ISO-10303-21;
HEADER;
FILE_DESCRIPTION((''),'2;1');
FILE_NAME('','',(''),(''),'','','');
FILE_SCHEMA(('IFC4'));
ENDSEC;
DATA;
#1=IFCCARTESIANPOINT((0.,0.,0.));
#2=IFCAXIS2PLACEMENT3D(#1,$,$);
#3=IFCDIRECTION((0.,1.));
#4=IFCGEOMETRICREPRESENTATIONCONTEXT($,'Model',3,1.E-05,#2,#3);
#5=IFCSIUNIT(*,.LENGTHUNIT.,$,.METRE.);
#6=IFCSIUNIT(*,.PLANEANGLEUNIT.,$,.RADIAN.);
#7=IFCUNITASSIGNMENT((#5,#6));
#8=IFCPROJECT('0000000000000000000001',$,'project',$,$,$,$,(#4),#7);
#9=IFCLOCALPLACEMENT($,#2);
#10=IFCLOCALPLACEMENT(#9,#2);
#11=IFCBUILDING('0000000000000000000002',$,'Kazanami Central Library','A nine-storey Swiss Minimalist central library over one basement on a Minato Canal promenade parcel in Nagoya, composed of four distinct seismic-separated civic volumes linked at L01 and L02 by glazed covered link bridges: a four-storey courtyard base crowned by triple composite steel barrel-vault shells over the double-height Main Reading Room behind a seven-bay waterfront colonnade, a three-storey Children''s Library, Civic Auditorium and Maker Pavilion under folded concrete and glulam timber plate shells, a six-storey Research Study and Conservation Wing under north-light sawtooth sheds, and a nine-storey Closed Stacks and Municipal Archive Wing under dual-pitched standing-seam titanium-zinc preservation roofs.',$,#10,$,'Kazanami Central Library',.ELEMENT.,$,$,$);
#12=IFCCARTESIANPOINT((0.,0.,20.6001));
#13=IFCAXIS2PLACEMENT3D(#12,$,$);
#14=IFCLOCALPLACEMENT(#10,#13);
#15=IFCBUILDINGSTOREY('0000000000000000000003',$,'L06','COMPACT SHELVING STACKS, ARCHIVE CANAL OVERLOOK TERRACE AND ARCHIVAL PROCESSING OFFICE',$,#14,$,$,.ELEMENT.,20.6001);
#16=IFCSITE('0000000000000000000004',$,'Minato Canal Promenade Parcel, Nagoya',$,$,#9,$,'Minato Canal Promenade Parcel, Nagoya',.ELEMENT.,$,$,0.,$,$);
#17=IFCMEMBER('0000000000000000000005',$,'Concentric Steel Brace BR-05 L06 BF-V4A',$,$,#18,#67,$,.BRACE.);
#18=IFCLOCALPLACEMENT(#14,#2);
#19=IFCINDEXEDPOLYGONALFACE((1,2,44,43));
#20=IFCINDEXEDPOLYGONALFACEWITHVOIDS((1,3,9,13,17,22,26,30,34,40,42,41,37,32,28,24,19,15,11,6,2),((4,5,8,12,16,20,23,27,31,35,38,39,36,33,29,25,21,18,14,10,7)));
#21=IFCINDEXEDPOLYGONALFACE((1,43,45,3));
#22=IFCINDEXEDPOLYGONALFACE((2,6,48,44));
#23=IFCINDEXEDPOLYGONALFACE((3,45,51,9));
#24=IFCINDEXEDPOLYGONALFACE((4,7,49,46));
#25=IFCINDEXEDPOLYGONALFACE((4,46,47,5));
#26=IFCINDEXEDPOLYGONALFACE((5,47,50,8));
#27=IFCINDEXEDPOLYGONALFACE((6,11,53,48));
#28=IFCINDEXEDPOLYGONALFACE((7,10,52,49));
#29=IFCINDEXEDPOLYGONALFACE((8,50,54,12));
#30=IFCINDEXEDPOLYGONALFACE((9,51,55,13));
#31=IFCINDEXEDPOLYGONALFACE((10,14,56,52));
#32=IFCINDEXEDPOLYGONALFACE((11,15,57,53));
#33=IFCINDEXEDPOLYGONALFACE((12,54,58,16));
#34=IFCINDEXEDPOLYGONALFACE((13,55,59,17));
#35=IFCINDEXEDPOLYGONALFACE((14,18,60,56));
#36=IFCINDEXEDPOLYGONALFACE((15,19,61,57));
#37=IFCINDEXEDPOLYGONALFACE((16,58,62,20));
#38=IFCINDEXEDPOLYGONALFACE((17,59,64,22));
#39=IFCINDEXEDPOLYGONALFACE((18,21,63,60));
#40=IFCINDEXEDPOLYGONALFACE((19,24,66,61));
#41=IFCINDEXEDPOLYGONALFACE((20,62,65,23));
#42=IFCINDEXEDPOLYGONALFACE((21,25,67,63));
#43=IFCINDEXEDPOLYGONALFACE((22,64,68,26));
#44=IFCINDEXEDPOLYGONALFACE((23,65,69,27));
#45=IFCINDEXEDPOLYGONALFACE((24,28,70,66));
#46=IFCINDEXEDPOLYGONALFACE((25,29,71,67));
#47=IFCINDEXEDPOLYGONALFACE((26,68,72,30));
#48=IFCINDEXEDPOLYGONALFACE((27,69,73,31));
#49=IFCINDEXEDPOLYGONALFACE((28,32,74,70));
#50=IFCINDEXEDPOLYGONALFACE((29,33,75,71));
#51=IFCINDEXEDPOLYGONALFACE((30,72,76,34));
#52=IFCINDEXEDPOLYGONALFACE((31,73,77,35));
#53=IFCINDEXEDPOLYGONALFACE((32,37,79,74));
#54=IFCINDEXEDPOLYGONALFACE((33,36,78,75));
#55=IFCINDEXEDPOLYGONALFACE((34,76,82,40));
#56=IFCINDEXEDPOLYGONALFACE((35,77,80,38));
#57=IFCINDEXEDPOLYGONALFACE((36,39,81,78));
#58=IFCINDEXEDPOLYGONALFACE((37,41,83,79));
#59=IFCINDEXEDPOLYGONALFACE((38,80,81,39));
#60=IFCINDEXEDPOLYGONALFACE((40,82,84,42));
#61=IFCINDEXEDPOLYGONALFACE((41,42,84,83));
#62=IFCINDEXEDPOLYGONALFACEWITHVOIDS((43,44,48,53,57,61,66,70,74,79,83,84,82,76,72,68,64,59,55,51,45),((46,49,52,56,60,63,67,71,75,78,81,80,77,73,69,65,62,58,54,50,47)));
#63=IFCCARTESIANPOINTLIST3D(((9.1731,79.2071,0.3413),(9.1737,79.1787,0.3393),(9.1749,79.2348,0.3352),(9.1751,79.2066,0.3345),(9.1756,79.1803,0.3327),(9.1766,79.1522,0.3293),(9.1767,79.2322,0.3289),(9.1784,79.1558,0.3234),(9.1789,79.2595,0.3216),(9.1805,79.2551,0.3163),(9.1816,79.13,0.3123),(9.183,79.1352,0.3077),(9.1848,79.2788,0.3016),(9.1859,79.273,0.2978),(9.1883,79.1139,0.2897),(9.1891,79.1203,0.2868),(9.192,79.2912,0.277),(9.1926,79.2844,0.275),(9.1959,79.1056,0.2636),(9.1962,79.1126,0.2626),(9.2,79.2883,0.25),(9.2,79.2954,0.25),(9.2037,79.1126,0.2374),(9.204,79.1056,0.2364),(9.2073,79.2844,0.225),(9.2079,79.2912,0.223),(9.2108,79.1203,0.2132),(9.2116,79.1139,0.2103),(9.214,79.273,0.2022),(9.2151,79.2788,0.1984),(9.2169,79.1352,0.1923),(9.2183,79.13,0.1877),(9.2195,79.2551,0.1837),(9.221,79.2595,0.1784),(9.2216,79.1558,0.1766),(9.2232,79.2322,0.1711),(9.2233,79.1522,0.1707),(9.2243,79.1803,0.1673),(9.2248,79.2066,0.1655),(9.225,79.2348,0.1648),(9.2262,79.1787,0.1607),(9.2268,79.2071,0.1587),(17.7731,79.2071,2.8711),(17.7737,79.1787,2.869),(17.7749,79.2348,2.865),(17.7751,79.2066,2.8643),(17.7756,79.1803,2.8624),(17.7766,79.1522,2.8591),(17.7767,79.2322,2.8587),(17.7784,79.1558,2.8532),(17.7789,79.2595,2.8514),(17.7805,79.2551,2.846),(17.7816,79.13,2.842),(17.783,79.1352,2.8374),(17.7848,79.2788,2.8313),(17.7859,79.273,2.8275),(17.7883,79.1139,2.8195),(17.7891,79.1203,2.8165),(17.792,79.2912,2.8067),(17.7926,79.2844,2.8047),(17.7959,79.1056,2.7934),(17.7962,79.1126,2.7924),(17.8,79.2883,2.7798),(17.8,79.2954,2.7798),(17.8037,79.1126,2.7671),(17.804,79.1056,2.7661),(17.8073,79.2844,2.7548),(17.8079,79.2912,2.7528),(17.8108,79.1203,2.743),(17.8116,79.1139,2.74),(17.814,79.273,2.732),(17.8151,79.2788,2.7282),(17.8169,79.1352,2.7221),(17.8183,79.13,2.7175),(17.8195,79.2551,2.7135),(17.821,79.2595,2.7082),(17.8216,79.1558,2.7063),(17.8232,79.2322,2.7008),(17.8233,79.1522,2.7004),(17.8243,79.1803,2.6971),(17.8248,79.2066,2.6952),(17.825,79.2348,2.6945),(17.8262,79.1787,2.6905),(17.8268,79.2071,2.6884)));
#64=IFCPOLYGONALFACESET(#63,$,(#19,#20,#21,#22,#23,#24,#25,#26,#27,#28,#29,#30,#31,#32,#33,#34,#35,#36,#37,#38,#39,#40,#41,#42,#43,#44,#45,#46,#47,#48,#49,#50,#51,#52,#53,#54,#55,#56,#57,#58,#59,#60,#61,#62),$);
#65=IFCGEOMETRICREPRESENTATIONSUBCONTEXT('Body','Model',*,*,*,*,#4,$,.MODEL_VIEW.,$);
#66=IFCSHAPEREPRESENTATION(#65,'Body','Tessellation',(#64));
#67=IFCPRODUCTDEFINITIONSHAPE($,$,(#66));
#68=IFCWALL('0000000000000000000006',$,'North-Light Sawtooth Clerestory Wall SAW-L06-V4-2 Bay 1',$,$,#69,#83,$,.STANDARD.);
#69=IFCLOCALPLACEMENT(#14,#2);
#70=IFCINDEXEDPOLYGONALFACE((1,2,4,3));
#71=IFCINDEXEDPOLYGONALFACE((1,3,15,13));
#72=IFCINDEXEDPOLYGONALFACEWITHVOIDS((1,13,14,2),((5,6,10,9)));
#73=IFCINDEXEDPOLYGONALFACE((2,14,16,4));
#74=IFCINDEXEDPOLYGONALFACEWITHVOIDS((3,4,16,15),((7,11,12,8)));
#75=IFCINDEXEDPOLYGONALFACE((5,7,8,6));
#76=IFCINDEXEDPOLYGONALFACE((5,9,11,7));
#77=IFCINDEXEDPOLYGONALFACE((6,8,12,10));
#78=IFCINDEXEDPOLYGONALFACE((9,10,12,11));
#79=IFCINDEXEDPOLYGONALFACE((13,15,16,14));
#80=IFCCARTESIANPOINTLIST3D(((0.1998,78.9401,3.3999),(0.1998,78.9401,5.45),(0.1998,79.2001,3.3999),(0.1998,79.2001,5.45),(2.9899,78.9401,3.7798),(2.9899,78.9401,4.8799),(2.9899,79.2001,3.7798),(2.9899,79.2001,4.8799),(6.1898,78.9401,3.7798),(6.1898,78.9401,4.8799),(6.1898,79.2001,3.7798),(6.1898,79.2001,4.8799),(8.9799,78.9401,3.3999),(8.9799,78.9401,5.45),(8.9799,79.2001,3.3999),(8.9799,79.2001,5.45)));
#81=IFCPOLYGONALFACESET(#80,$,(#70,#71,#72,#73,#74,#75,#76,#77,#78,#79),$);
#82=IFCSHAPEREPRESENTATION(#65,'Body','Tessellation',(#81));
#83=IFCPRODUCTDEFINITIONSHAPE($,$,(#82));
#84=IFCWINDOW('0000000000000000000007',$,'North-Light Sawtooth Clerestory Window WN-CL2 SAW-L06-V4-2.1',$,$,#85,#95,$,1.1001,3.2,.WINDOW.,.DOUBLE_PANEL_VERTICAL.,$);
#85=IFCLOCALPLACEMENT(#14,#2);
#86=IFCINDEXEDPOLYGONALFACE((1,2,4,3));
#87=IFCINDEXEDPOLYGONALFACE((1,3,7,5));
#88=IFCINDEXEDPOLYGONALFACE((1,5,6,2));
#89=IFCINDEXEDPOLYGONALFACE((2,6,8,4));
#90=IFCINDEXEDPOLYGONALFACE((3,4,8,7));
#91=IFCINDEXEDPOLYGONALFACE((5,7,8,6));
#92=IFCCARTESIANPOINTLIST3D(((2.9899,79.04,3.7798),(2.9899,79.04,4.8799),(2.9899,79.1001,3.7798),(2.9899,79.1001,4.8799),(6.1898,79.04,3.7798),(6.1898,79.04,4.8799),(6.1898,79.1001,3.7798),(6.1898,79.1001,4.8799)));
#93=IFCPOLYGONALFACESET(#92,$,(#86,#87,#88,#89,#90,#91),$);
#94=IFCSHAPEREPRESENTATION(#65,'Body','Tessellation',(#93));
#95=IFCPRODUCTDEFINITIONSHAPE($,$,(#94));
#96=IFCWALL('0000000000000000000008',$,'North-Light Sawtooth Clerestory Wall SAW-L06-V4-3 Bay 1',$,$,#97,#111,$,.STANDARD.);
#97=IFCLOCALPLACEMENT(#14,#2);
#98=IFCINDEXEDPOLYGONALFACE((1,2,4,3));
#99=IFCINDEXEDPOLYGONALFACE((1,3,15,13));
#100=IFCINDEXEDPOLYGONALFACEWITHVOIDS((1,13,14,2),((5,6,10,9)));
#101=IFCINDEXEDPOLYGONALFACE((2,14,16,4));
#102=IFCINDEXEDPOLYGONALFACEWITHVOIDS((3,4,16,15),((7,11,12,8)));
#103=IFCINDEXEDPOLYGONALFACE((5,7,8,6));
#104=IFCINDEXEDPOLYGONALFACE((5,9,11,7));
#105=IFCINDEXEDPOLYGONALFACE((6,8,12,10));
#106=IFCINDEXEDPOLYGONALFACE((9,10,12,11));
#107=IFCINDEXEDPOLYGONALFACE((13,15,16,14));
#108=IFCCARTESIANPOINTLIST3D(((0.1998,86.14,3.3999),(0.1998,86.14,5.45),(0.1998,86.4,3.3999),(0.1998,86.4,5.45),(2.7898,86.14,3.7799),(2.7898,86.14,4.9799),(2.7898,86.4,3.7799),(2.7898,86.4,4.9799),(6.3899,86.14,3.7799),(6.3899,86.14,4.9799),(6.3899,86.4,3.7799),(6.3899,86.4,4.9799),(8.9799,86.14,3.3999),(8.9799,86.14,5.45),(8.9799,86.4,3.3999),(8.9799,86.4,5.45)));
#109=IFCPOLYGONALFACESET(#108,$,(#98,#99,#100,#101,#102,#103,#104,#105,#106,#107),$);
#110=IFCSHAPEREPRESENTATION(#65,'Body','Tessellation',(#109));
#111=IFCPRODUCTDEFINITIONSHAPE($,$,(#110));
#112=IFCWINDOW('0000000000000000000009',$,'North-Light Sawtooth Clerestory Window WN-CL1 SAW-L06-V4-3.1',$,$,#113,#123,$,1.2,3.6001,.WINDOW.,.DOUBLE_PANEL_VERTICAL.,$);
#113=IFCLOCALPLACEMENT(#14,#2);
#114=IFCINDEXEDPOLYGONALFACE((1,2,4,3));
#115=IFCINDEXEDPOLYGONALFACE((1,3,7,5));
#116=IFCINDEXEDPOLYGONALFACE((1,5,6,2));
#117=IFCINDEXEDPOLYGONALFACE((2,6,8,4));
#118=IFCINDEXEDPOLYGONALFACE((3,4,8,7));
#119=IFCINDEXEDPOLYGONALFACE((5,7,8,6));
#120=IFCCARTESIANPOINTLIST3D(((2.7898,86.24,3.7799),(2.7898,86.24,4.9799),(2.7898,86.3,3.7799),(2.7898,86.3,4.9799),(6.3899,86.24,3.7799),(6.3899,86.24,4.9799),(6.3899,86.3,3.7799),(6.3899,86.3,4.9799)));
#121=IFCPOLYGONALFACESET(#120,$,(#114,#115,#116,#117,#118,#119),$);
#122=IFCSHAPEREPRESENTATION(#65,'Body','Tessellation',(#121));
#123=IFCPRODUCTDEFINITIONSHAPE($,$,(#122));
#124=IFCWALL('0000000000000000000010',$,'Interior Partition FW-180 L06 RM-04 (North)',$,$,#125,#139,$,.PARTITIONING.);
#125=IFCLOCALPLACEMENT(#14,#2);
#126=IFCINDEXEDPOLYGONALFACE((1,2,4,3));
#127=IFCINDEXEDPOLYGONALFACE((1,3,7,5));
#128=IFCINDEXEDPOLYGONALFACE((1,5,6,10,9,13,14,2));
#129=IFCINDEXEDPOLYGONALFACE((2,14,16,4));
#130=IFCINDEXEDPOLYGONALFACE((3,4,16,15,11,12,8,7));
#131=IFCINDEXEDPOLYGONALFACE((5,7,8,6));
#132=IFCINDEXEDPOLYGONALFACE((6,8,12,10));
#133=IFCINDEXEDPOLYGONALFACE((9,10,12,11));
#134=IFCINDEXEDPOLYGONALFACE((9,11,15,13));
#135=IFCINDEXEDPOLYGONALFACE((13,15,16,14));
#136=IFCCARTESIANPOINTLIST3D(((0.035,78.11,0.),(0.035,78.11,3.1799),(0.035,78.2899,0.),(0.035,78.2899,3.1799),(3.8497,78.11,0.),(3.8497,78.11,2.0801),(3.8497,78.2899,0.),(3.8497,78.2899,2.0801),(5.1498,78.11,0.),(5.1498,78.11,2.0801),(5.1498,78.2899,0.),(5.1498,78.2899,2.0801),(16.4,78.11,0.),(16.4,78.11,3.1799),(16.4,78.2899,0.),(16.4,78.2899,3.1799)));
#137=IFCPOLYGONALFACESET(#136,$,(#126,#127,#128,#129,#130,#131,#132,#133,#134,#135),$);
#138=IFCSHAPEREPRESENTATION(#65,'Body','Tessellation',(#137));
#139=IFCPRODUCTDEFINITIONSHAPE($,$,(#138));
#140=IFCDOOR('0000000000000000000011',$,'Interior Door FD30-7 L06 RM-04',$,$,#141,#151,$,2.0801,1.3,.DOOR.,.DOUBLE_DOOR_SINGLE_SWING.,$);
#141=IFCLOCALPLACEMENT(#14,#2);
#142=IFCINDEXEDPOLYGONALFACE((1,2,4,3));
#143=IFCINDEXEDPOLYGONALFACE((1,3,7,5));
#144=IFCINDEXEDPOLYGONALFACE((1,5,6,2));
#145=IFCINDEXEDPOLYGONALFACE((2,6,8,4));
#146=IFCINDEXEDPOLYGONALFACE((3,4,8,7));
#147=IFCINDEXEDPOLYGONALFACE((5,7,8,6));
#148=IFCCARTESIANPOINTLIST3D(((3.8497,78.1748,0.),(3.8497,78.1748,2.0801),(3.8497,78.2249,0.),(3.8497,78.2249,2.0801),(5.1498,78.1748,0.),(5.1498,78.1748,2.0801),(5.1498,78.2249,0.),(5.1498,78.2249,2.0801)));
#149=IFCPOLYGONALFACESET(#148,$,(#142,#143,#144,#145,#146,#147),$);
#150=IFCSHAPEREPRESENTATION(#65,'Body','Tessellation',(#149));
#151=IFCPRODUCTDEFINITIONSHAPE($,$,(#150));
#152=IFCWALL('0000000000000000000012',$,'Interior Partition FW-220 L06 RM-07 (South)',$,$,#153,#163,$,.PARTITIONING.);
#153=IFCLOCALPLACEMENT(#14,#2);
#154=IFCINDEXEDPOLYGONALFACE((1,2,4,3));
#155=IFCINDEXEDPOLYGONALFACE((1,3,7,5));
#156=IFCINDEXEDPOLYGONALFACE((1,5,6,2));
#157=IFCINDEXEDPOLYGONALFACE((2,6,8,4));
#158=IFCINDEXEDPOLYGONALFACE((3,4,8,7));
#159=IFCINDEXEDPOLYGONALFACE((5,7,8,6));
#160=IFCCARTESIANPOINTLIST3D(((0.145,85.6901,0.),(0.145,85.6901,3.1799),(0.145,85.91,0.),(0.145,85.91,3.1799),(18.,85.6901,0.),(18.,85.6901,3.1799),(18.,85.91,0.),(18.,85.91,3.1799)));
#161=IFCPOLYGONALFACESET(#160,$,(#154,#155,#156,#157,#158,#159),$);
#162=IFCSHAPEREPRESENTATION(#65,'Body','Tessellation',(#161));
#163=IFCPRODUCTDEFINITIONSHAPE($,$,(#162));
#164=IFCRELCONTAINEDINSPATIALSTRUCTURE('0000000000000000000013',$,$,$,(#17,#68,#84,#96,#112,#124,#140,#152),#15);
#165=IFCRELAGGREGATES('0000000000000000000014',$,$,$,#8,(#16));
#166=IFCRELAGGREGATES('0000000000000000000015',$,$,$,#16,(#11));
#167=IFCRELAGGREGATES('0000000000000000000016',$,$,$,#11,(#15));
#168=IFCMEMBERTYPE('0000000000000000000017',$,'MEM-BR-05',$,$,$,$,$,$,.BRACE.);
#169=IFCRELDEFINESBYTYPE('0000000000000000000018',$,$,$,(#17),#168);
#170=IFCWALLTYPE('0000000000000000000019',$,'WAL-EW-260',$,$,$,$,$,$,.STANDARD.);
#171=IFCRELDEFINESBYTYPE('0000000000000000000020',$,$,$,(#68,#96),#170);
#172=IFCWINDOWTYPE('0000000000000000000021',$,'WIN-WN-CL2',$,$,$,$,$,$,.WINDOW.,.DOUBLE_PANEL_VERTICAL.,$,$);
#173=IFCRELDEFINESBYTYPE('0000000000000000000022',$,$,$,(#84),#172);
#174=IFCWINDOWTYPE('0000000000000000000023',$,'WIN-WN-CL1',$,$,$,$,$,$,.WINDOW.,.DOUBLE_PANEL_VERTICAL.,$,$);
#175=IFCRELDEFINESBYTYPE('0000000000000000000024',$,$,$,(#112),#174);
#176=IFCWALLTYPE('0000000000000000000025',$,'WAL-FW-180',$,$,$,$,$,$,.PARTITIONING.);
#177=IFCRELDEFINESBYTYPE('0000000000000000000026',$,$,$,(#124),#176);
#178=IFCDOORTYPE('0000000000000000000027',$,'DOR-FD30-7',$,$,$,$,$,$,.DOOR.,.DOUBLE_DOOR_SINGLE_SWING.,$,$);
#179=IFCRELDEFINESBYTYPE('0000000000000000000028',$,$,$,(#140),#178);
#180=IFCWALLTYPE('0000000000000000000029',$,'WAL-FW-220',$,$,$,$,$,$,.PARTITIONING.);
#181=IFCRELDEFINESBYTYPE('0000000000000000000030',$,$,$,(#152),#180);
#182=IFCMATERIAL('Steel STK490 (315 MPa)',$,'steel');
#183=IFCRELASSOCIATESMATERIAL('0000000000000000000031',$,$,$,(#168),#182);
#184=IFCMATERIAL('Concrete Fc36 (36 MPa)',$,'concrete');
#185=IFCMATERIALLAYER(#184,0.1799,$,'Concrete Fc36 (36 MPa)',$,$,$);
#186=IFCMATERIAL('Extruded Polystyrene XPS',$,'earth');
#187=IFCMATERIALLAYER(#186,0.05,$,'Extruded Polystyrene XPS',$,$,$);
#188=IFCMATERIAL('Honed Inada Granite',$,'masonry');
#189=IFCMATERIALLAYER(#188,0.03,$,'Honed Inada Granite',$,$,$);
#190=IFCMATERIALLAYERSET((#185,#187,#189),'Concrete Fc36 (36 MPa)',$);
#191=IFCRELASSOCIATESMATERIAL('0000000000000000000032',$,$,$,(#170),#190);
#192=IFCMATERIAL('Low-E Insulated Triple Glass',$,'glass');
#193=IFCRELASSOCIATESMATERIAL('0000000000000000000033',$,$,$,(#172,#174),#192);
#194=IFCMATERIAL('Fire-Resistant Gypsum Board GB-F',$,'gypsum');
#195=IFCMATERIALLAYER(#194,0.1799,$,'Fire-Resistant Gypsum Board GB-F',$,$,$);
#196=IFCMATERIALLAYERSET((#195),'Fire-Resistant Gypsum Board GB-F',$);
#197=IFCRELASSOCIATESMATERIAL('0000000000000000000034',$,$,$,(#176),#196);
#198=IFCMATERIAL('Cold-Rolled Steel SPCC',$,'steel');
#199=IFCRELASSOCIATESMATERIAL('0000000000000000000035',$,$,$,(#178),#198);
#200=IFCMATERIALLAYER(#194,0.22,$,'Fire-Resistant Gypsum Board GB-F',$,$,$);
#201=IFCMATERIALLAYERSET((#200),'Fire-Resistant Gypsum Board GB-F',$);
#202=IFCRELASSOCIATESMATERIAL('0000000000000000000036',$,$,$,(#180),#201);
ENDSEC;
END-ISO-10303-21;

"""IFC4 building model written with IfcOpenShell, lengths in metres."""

from ifc_helpers import new_model, si_unit, direction, frame, frame_2d, origin, origin_2d, place, context, subcontext, project, spatial, rectangle, hollow_circle, extrude, material, layer, layer_set, material_profile, profile_set, type_object, element, fill, save


model = new_model("IFC4")

# Units and contexts
model_context = context("Model", 3, precision=1e-05, world=origin(), true_north=direction((0.0, 1.0)))
body_context = subcontext(model_context, "Body", "Model", "MODEL_VIEW")
ifc_project = project(units=[si_unit("LENGTHUNIT", "METRE"), si_unit("PLANEANGLEUNIT", "RADIAN")], contexts=[model_context])

# Site, building, storey
site_placement = place(None, origin())
site = spatial("IfcSite", under=ifc_project, at=site_placement, Name="Minato Canal Promenade Parcel, Nagoya", LongName="Minato Canal Promenade Parcel, Nagoya", CompositionType="ELEMENT", RefElevation=0.0)
building_placement = place(site_placement, origin())
building = spatial("IfcBuilding", under=site, at=building_placement, Name="Kazanami Central Library", Description="A nine-storey Swiss Minimalist central library over one basement on a Minato Canal promenade parcel in Nagoya, composed of four distinct seismic-separated civic volumes linked at L01 and L02 by glazed covered link bridges: a four-storey courtyard base crowned by triple composite steel barrel-vault shells over the double-height Main Reading Room behind a seven-bay waterfront colonnade, a three-storey Children's Library, Civic Auditorium and Maker Pavilion under folded concrete and glulam timber plate shells, a six-storey Research Study and Conservation Wing under north-light sawtooth sheds, and a nine-storey Closed Stacks and Municipal Archive Wing under dual-pitched standing-seam titanium-zinc preservation roofs.", LongName="Kazanami Central Library", CompositionType="ELEMENT")
storey_placement = place(building_placement, frame((0.0, 0.0, 20.6001)))
storey = spatial("IfcBuildingStorey", under=building, at=storey_placement, Name="L06", Description="COMPACT SHELVING STACKS, ARCHIVE CANAL OVERLOOK TERRACE AND ARCHIVAL PROCESSING OFFICE", CompositionType="ELEMENT", Elevation=20.6001)

# Member
ifc_material_1 = material(Name="Steel STK490 (315 MPa)", Category="steel")
ifc_material_profile_1 = material_profile(ifc_material_1, hollow_circle(Radius=0.0955, WallThickness=0.0071, at=origin_2d()), Name="CHS-190.7x7.0")
ifc_profile_set_1 = profile_set([ifc_material_profile_1], Name="Steel STK490 (315 MPa)")
member_type = type_object("IfcMemberType", Name="MEM-BR-05", PredefinedType="BRACE", material=ifc_profile_set_1)
member_placement = place(storey_placement, frame((9.2, 79.2, 0.25), z_axis=(0.959355, 0.0, 0.282202), x_axis=(0.0, 1.0, 0.0)))
element("IfcMember", 1, at=member_placement, inside=storey, type_object=member_type, Name="Concentric Steel Brace BR-05 L06 BF-V4A", PredefinedType="BRACE", context=body_context, shape_type="SweptSolid", body=[
    extrude(hollow_circle(Radius=0.0955, WallThickness=0.0071, at=origin_2d()), origin(), (0.0, 0.0, 1.0), 8.9644),
])

# Walls, openings, windows
ifc_material_2 = material(Name="Concrete Fc36 (36 MPa)", Category="concrete")
ifc_layer_1 = layer(ifc_material_2, 0.1799, Name="Concrete Fc36 (36 MPa)")
ifc_material_3 = material(Name="Extruded Polystyrene XPS", Category="earth")
ifc_layer_2 = layer(ifc_material_3, 0.05, Name="Extruded Polystyrene XPS")
ifc_material_4 = material(Name="Honed Inada Granite", Category="masonry")
ifc_layer_3 = layer(ifc_material_4, 0.03, Name="Honed Inada Granite")
ifc_layer_set_1 = layer_set([ifc_layer_1, ifc_layer_2, ifc_layer_3], Name="Concrete Fc36 (36 MPa)")
wall_type_1 = type_object("IfcWallType", Name="WAL-EW-260", PredefinedType="STANDARD", material=ifc_layer_set_1)
wall_1_placement = place(storey_placement, frame((8.98, 79.0701, 3.3999), z_axis=(0.0, 0.0, 1.0), x_axis=(-1.0, 0.0, 0.0)))
wall_1 = element("IfcWall", 2, at=wall_1_placement, inside=storey, type_object=wall_type_1, Name="North-Light Sawtooth Clerestory Wall SAW-L06-V4-2 Bay 1", PredefinedType="STANDARD", context=body_context, shape_type="SweptSolid", body=[
    extrude(rectangle(XDim=8.78, YDim=0.26, at=frame_2d((4.3901, 0.0))), origin(), (0.0, 0.0, 1.0), 2.05),
])
opening_1_placement = place(wall_1_placement, frame((2.79, 0.0, 0.3799)))
opening_1 = element("IfcOpeningElement", 3, at=opening_1_placement, cuts=wall_1, PredefinedType="OPENING", context=body_context, shape_type="SweptSolid", body=[
    extrude(rectangle(XDim=3.2, YDim=1.1001, at=frame_2d((1.6001, 0.55))), frame((0.0, 0.1421, 0.0), z_axis=(0.0, -1.0, 0.0), x_axis=(1.0, 0.0, 0.0)), (0.0, 0.0, 1.0), 0.2839),
])
ifc_material_5 = material(Name="Low-E Insulated Triple Glass", Category="glass")
window_type_1 = type_object("IfcWindowType", Name="WIN-WN-CL2", PartitioningType="DOUBLE_PANEL_VERTICAL", PredefinedType="WINDOW", material=ifc_material_5)
window_1_placement = place(opening_1_placement, origin())
window_1 = element("IfcWindow", 4, at=window_1_placement, inside=storey, type_object=window_type_1, Name="North-Light Sawtooth Clerestory Window WN-CL2 SAW-L06-V4-2.1", OverallHeight=1.1001, OverallWidth=3.2, PartitioningType="DOUBLE_PANEL_VERTICAL", PredefinedType="WINDOW", context=body_context, shape_type="SweptSolid", body=[
    extrude(rectangle(XDim=3.2, YDim=1.1001, at=frame_2d((1.6001, 0.55))), frame((0.0, 0.03, 0.0), z_axis=(0.0, -1.0, 0.0), x_axis=(1.0, 0.0, 0.0)), (0.0, 0.0, 1.0), 0.0601),
])
fill(opening_1, window_1)
wall_2_placement = place(storey_placement, frame((8.98, 86.27, 3.3999), z_axis=(0.0, 0.0, 1.0), x_axis=(-1.0, 0.0, 0.0)))
wall_2 = element("IfcWall", 5, at=wall_2_placement, inside=storey, type_object=wall_type_1, Name="North-Light Sawtooth Clerestory Wall SAW-L06-V4-3 Bay 1", PredefinedType="STANDARD", context=body_context, shape_type="SweptSolid", body=[
    extrude(rectangle(XDim=8.78, YDim=0.26, at=frame_2d((4.3901, 0.0))), origin(), (0.0, 0.0, 1.0), 2.05),
])
opening_2_placement = place(wall_2_placement, frame((2.5901, 0.0, 0.3799)))
opening_2 = element("IfcOpeningElement", 6, at=opening_2_placement, cuts=wall_2, PredefinedType="OPENING", context=body_context, shape_type="SweptSolid", body=[
    extrude(rectangle(XDim=3.6001, YDim=1.2, at=frame_2d((1.8, 0.6001))), frame((0.0, 0.1421, 0.0), z_axis=(0.0, -1.0, 0.0), x_axis=(1.0, 0.0, 0.0)), (0.0, 0.0, 1.0), 0.2839),
])
window_type_2 = type_object("IfcWindowType", Name="WIN-WN-CL1", PartitioningType="DOUBLE_PANEL_VERTICAL", PredefinedType="WINDOW", material=ifc_material_5)
window_2_placement = place(opening_2_placement, origin())
window_2 = element("IfcWindow", 7, at=window_2_placement, inside=storey, type_object=window_type_2, Name="North-Light Sawtooth Clerestory Window WN-CL1 SAW-L06-V4-3.1", OverallHeight=1.2, OverallWidth=3.6001, PartitioningType="DOUBLE_PANEL_VERTICAL", PredefinedType="WINDOW", context=body_context, shape_type="SweptSolid", body=[
    extrude(rectangle(XDim=3.6001, YDim=1.2, at=frame_2d((1.8, 0.6001))), frame((0.0, 0.03, 0.0), z_axis=(0.0, -1.0, 0.0), x_axis=(1.0, 0.0, 0.0)), (0.0, 0.0, 1.0), 0.0601),
])
fill(opening_2, window_2)

# Wall, opening, door
ifc_material_6 = material(Name="Fire-Resistant Gypsum Board GB-F", Category="gypsum")
ifc_layer_4 = layer(ifc_material_6, 0.1799, Name="Fire-Resistant Gypsum Board GB-F")
ifc_layer_set_2 = layer_set([ifc_layer_4], Name="Fire-Resistant Gypsum Board GB-F")
wall_type_2 = type_object("IfcWallType", Name="WAL-FW-180", PredefinedType="PARTITIONING", material=ifc_layer_set_2)
wall_3_placement = place(storey_placement, frame((0.0349, 78.2, 0.0), z_axis=(0.0, 0.0, 1.0), x_axis=(1.0, 0.0, 0.0)))
wall_3 = element("IfcWall", 8, at=wall_3_placement, inside=storey, type_object=wall_type_2, Name="Interior Partition FW-180 L06 RM-04 (North)", PredefinedType="PARTITIONING", context=body_context, shape_type="SweptSolid", body=[
    extrude(rectangle(XDim=16.365, YDim=0.1799, at=frame_2d((8.1826, 0.0))), origin(), (0.0, 0.0, 1.0), 3.1799),
])
opening_3_placement = place(wall_3_placement, frame((3.8149, 0.0, 0.0)))
opening_3 = element("IfcOpeningElement", 9, at=opening_3_placement, cuts=wall_3, PredefinedType="OPENING", context=body_context, shape_type="SweptSolid", body=[
    extrude(rectangle(XDim=1.3, YDim=2.0801, at=frame_2d((0.6499, 1.04))), frame((0.0, 0.1021, 0.0), z_axis=(0.0, -1.0, 0.0), x_axis=(1.0, 0.0, 0.0)), (0.0, 0.0, 1.0), 0.2039),
])
ifc_material_7 = material(Name="Cold-Rolled Steel SPCC", Category="steel")
door_type_1 = type_object("IfcDoorType", Name="DOR-FD30-7", OperationType="DOUBLE_DOOR_SINGLE_SWING", PredefinedType="DOOR", material=ifc_material_7)
door_1_placement = place(opening_3_placement, origin())
door_1 = element("IfcDoor", 10, at=door_1_placement, inside=storey, type_object=door_type_1, Name="Interior Door FD30-7 L06 RM-04", OperationType="DOUBLE_DOOR_SINGLE_SWING", OverallHeight=2.0801, OverallWidth=1.3, PredefinedType="DOOR", context=body_context, shape_type="SweptSolid", body=[
    extrude(rectangle(XDim=1.3, YDim=2.0801, at=frame_2d((0.6499, 1.04))), frame((0.0, 0.0249, 0.0), z_axis=(0.0, -1.0, 0.0), x_axis=(1.0, 0.0, 0.0)), (0.0, 0.0, 1.0), 0.05),
])
fill(opening_3, door_1)

# Wall
ifc_layer_5 = layer(ifc_material_6, 0.22, Name="Fire-Resistant Gypsum Board GB-F")
ifc_layer_set_3 = layer_set([ifc_layer_5], Name="Fire-Resistant Gypsum Board GB-F")
wall_type_3 = type_object("IfcWallType", Name="WAL-FW-220", PredefinedType="PARTITIONING", material=ifc_layer_set_3)
wall_4_placement = place(storey_placement, frame((0.145, 85.8, 0.0), z_axis=(0.0, 0.0, 1.0), x_axis=(1.0, 0.0, 0.0)))
element("IfcWall", 11, at=wall_4_placement, inside=storey, type_object=wall_type_3, Name="Interior Partition FW-220 L06 RM-07 (South)", PredefinedType="PARTITIONING", context=body_context, shape_type="SweptSolid", body=[
    extrude(rectangle(XDim=17.855, YDim=0.22, at=frame_2d((8.9275, 0.0))), origin(), (0.0, 0.0, 1.0), 3.1799),
])

save(model, "model.ifc")
